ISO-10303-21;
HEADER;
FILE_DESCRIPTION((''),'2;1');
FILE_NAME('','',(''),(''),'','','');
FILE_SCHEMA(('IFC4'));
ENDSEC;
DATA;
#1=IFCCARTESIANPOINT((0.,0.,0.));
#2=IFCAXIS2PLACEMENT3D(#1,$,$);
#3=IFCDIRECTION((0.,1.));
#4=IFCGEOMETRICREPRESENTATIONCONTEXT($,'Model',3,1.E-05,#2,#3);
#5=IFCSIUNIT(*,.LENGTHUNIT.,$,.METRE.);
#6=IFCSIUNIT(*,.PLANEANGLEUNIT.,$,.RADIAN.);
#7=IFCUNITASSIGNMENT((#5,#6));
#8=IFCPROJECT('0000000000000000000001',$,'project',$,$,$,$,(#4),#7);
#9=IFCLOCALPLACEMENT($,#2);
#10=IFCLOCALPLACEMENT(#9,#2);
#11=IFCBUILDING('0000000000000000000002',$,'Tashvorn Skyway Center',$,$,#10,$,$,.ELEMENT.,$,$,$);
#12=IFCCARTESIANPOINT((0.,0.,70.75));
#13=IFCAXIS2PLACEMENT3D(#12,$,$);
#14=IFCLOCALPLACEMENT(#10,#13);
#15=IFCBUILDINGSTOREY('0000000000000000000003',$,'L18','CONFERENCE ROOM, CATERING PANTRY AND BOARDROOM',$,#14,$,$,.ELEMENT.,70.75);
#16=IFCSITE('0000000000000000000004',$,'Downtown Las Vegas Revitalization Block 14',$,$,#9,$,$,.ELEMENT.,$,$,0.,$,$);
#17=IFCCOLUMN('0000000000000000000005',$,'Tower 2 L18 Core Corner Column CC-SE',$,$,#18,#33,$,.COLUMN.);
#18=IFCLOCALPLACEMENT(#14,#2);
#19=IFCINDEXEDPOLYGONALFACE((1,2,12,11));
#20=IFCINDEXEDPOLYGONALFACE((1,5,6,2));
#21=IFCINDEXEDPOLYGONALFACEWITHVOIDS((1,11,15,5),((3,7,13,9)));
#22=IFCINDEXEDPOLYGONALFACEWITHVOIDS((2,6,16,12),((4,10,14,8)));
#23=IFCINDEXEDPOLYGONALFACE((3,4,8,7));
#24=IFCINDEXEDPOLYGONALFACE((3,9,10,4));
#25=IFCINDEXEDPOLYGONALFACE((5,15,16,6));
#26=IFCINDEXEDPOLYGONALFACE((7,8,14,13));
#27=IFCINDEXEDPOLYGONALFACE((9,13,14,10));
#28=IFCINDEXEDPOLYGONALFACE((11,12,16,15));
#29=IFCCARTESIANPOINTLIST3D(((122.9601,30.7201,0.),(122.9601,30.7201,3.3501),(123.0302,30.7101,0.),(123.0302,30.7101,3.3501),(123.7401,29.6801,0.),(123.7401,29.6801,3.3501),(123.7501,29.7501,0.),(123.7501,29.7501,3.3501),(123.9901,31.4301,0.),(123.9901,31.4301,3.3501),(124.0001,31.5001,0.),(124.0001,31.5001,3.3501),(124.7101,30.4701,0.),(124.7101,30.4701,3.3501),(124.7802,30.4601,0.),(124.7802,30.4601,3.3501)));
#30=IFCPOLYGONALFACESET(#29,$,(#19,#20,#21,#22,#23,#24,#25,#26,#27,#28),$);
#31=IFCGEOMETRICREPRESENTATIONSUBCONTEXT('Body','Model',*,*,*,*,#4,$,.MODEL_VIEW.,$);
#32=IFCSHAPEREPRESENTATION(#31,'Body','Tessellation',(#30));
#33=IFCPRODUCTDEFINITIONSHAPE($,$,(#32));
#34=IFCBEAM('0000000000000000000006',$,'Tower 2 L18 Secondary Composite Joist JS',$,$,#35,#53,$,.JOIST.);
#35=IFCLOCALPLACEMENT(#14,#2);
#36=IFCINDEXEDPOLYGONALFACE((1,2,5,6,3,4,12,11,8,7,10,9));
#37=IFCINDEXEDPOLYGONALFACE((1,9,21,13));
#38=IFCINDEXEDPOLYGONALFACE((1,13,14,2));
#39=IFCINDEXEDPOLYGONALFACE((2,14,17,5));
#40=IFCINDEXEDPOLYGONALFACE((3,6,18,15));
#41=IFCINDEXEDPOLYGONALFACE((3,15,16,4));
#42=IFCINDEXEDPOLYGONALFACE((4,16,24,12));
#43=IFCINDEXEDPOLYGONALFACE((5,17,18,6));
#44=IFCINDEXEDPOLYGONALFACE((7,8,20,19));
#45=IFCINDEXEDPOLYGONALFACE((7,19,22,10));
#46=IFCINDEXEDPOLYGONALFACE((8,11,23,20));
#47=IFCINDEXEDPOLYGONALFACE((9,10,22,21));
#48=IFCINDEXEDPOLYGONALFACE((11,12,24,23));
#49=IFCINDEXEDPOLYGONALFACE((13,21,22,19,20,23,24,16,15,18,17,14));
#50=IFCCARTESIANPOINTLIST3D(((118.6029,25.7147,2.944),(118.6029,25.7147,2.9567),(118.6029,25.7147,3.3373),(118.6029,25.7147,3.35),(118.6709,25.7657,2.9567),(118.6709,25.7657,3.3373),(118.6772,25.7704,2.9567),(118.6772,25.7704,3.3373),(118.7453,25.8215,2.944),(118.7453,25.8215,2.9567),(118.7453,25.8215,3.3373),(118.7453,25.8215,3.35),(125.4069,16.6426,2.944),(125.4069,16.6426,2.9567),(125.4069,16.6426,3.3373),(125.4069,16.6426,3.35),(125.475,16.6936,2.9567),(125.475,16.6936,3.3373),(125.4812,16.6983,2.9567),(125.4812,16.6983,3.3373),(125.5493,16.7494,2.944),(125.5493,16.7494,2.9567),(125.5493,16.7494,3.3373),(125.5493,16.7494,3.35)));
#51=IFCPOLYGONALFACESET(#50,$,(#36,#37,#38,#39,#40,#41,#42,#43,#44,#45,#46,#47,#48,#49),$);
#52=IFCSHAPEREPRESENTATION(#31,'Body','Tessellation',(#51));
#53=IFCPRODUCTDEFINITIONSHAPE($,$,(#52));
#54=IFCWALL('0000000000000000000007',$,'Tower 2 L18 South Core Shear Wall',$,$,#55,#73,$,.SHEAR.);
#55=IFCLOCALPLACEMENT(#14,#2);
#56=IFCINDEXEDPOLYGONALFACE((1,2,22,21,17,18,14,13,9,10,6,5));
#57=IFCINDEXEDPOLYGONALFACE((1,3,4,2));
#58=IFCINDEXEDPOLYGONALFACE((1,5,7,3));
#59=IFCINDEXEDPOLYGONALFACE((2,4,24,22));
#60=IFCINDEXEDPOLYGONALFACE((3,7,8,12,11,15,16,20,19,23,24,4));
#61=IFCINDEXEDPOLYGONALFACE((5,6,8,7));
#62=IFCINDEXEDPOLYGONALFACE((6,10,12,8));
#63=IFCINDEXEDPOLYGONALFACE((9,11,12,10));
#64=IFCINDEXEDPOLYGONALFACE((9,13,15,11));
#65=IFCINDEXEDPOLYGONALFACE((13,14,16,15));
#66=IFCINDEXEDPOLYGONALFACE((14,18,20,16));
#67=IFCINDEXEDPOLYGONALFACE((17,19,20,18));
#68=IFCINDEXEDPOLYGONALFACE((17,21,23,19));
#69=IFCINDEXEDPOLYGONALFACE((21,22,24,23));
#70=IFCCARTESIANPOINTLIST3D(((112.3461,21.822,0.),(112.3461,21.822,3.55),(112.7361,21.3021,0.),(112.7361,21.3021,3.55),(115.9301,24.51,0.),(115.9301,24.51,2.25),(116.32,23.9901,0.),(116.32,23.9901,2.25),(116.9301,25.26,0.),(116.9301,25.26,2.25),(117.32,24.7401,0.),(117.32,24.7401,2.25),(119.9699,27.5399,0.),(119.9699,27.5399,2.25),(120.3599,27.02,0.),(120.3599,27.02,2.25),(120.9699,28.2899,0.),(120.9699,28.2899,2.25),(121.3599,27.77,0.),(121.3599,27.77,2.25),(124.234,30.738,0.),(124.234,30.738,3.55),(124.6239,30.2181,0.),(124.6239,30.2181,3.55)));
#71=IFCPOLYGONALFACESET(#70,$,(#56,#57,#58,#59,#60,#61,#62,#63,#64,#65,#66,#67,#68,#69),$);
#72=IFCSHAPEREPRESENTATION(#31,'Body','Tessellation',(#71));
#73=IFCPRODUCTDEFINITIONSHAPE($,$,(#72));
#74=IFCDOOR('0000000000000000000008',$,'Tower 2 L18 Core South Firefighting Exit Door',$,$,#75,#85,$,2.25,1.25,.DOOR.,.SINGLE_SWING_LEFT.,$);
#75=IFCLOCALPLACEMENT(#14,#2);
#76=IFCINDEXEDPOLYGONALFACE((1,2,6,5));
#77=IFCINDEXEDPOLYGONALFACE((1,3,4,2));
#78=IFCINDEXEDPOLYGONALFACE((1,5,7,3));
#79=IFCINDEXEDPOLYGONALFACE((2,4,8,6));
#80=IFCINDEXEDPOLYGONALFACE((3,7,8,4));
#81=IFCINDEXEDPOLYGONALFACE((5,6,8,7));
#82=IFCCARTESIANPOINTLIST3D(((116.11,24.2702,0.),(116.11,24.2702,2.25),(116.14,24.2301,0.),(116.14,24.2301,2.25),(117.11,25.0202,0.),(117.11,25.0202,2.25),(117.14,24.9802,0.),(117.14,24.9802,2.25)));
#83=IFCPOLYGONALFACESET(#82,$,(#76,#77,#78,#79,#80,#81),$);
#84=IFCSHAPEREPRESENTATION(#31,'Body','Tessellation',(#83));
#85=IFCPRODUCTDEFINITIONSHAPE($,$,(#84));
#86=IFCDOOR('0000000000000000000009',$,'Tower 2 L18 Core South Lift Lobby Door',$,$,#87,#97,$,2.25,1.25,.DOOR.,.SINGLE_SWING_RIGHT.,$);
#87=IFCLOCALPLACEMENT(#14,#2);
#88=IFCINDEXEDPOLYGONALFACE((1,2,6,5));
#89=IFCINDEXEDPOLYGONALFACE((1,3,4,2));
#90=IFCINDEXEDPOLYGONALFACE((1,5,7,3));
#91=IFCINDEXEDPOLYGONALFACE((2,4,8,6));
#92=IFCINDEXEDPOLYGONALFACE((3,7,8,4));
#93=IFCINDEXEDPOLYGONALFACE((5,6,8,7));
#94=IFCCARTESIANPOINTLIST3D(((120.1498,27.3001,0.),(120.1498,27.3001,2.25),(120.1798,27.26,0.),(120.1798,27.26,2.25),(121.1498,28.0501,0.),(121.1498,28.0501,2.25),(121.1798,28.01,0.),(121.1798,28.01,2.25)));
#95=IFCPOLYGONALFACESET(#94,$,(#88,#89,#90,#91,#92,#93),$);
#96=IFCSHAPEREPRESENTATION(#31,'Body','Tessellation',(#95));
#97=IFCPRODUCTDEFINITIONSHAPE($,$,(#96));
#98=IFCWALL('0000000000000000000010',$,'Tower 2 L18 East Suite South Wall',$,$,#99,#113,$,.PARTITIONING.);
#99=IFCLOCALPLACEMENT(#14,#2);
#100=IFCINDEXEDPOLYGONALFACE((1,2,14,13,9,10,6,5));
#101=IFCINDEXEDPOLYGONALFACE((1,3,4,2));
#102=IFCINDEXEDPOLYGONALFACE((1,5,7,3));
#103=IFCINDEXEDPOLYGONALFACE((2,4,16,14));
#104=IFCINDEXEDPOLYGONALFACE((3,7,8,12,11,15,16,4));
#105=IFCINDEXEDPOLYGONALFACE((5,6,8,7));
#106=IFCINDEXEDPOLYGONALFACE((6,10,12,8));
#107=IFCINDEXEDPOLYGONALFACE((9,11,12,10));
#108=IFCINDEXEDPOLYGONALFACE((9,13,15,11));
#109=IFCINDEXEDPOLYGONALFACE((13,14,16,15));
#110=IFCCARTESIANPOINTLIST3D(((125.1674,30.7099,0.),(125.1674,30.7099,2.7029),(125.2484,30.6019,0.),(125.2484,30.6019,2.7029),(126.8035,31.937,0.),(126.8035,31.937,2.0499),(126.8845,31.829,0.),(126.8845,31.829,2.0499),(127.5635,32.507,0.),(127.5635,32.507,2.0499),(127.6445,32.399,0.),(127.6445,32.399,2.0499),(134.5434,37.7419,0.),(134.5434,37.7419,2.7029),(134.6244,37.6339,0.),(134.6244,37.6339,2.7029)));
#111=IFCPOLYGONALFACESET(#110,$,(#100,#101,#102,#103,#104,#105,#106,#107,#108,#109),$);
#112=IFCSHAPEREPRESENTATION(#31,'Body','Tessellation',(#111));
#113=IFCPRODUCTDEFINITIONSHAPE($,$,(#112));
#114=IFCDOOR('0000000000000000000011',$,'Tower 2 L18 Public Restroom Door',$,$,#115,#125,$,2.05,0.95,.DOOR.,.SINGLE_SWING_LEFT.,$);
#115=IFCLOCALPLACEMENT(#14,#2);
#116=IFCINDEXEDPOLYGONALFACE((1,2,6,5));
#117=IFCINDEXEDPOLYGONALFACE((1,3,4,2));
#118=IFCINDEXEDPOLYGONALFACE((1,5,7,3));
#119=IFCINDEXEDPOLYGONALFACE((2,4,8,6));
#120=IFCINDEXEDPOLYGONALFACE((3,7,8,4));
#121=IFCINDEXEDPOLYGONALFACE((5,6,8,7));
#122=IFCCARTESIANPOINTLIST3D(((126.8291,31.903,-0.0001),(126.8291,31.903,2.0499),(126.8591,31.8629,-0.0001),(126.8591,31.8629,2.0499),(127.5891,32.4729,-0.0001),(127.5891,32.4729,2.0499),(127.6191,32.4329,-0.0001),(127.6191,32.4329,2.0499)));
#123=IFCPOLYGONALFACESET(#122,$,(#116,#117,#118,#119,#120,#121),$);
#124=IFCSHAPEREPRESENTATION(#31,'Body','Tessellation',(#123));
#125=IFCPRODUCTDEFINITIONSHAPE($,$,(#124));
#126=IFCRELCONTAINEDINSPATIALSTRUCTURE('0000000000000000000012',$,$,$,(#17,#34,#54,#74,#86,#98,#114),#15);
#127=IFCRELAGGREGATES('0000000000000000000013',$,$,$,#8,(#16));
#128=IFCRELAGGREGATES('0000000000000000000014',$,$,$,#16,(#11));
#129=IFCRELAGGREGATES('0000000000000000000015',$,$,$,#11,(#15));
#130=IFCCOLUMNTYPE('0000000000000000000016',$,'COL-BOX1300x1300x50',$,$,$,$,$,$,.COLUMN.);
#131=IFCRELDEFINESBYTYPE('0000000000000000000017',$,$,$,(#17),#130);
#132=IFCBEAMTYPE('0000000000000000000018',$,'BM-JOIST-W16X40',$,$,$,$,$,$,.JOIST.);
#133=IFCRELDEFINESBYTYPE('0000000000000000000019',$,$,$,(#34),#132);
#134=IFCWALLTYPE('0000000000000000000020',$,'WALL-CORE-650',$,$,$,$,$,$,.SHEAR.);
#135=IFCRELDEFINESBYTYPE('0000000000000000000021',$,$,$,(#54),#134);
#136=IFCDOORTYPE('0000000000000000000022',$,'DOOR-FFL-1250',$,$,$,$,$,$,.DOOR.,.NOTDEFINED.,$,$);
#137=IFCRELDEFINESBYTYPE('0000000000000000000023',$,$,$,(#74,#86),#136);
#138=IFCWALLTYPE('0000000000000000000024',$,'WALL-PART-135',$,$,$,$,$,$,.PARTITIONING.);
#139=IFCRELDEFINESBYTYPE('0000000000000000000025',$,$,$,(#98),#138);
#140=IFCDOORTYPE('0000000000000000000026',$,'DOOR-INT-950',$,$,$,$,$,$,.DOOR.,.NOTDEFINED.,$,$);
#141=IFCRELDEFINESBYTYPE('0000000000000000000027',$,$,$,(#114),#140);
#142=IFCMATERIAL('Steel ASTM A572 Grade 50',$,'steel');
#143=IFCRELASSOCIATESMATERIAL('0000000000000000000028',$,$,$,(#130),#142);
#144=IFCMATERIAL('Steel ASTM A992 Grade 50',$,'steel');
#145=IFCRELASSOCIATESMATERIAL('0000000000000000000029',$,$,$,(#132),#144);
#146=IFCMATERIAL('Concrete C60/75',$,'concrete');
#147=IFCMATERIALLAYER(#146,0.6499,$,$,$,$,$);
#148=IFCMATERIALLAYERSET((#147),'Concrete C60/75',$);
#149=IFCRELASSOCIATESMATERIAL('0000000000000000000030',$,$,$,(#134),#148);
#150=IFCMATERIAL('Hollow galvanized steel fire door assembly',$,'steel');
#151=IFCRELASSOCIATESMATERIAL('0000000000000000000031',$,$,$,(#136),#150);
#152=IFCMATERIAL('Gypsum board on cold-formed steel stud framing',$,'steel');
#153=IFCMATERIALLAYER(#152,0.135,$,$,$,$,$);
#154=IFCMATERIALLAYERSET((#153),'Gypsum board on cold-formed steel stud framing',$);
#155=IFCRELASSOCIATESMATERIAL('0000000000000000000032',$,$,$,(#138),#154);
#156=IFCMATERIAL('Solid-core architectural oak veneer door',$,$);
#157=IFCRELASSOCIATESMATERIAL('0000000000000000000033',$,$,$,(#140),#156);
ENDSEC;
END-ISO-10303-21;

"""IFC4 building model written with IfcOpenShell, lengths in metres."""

from ifc_helpers import new_model, si_unit, direction, frame, frame_2d, origin, origin_2d, place, context, subcontext, project, spatial, rectangle, hollow_rectangle, i_section, extrude, material, layer, layer_set, material_profile, profile_set, type_object, element, fill, save


model = new_model("IFC4")

# Units and contexts
model_context = context("Model", 3, precision=1e-05, world=origin(), true_north=direction((0.0, 1.0)))
body_context = subcontext(model_context, "Body", "Model", "MODEL_VIEW")
ifc_project = project(units=[si_unit("LENGTHUNIT", "METRE"), si_unit("PLANEANGLEUNIT", "RADIAN")], contexts=[model_context])

# Site, building, storey
site_placement = place(None, origin())
site = spatial("IfcSite", under=ifc_project, at=site_placement, Name="Downtown Las Vegas Revitalization Block 14", CompositionType="ELEMENT", RefElevation=0.0)
building_placement = place(site_placement, origin())
building = spatial("IfcBuilding", under=site, at=building_placement, Name="Tashvorn Skyway Center", CompositionType="ELEMENT")
storey_placement = place(building_placement, frame((0.0, 0.0, 70.75)))
storey = spatial("IfcBuildingStorey", under=building, at=storey_placement, Name="L18", Description="CONFERENCE ROOM, CATERING PANTRY AND BOARDROOM", CompositionType="ELEMENT", Elevation=70.75)

# Column
ifc_material_1 = material(Name="Steel ASTM A572 Grade 50", Category="steel")
ifc_material_profile_1 = material_profile(ifc_material_1, hollow_rectangle(XDim=1.3, YDim=1.3, WallThickness=0.05, at=origin_2d()), Name="BOX1300x1300x50")
ifc_profile_set_1 = profile_set([ifc_material_profile_1], Name="Steel ASTM A572 Grade 50")
column_type = type_object("IfcColumnType", Name="COL-BOX1300x1300x50", PredefinedType="COLUMN", material=ifc_profile_set_1)
column_placement = place(storey_placement, frame((123.8701, 30.5901, 0.0), z_axis=(0.0, 0.0, 1.0), x_axis=(0.8, 0.6, 0.0)))
element("IfcColumn", 1, at=column_placement, inside=storey, type_object=column_type, Name="Tower 2 L18 Core Corner Column CC-SE", PredefinedType="COLUMN", context=body_context, shape_type="SweptSolid", body=[
    extrude(hollow_rectangle(XDim=1.3, YDim=1.3, WallThickness=0.05, at=origin_2d()), origin(), (0.0, 0.0, 1.0), 3.3501),
])

# Beam
ifc_material_2 = material(Name="Steel ASTM A992 Grade 50", Category="steel")
ifc_material_profile_2 = material_profile(ifc_material_2, i_section(OverallWidth=0.178, OverallDepth=0.406, WebThickness=0.0078, FlangeThickness=0.0127, at=origin_2d()), Name="W16X40")
ifc_profile_set_2 = profile_set([ifc_material_profile_2], Name="Steel ASTM A992 Grade 50")
beam_type = type_object("IfcBeamType", Name="BM-JOIST-W16X40", PredefinedType="JOIST", material=ifc_profile_set_2)
beam_placement = place(storey_placement, frame((118.6741, 25.7681, 3.147), z_axis=(0.599997, -0.800003, 0.0), x_axis=(0.800003, 0.599997, 0.0)))
element("IfcBeam", 2, at=beam_placement, inside=storey, type_object=beam_type, Name="Tower 2 L18 Secondary Composite Joist JS", PredefinedType="JOIST", context=body_context, shape_type="SweptSolid", body=[
    extrude(i_section(OverallWidth=0.178, OverallDepth=0.406, WebThickness=0.0078, FlangeThickness=0.0127, at=origin_2d()), origin(), (0.0, 0.0, 1.0), 11.3401),
])

# Wall, openings, doors
ifc_material_3 = material(Name="Concrete C60/75", Category="concrete")
ifc_layer_1 = layer(ifc_material_3, 0.6499)
ifc_layer_set_1 = layer_set([ifc_layer_1], Name="Concrete C60/75")
wall_type_1 = type_object("IfcWallType", Name="WALL-CORE-650", PredefinedType="SHEAR", material=ifc_layer_set_1)
wall_1_placement = place(storey_placement, frame((124.429, 30.478, 0.0), z_axis=(0.0, 0.0, 1.0), x_axis=(-0.799998, -0.600003, 0.0)))
wall_1 = element("IfcWall", 3, at=wall_1_placement, inside=storey, type_object=wall_type_1, Name="Tower 2 L18 South Core Shear Wall", PredefinedType="SHEAR", context=body_context, shape_type="SweptSolid", body=[
    extrude(rectangle(XDim=14.8599, YDim=0.6499, at=frame_2d((7.4299, 0.0))), origin(), (0.0, 0.0, 1.0), 3.55),
])
opening_1_placement = place(wall_1_placement, frame((9.1299, 0.0, 0.0)))
opening_1 = element("IfcOpeningElement", 4, at=opening_1_placement, cuts=wall_1, PredefinedType="OPENING", context=body_context, shape_type="SweptSolid", body=[
    extrude(rectangle(XDim=1.25, YDim=2.25, at=frame_2d((0.625, 1.125))), frame((0.0, 0.335, 0.0), z_axis=(0.0, -1.0, 0.0), x_axis=(1.0, 0.0, 0.0)), (0.0, 0.0, 1.0), 0.6699),
])
opening_2_placement = place(wall_1_placement, frame((4.0801, 0.0, 0.0)))
opening_2 = element("IfcOpeningElement", 5, at=opening_2_placement, cuts=wall_1, PredefinedType="OPENING", context=body_context, shape_type="SweptSolid", body=[
    extrude(rectangle(XDim=1.25, YDim=2.25, at=frame_2d((0.625, 1.125))), frame((0.0, 0.335, 0.0), z_axis=(0.0, -1.0, 0.0), x_axis=(1.0, 0.0, 0.0)), (0.0, 0.0, 1.0), 0.6699),
])
ifc_material_4 = material(Name="Hollow galvanized steel fire door assembly", Category="steel")
door_type_1 = type_object("IfcDoorType", Name="DOOR-FFL-1250", OperationType="NOTDEFINED", PredefinedType="DOOR", material=ifc_material_4)
door_1_placement = place(opening_1_placement, origin())
door_1 = element("IfcDoor", 6, at=door_1_placement, inside=storey, type_object=door_type_1, Name="Tower 2 L18 Core South Firefighting Exit Door", OperationType="SINGLE_SWING_LEFT", OverallHeight=2.25, OverallWidth=1.25, PredefinedType="DOOR", context=body_context, shape_type="SweptSolid", body=[
    extrude(rectangle(XDim=1.25, YDim=2.25, at=frame_2d((0.625, 1.125))), frame((0.0, 0.0249, 0.0), z_axis=(0.0, -1.0, 0.0), x_axis=(1.0, 0.0, 0.0)), (0.0, 0.0, 1.0), 0.05),
])
fill(opening_1, door_1)
door_2_placement = place(opening_2_placement, origin())
door_2 = element("IfcDoor", 7, at=door_2_placement, inside=storey, type_object=door_type_1, Name="Tower 2 L18 Core South Lift Lobby Door", OperationType="SINGLE_SWING_RIGHT", OverallHeight=2.25, OverallWidth=1.25, PredefinedType="DOOR", context=body_context, shape_type="SweptSolid", body=[
    extrude(rectangle(XDim=1.25, YDim=2.25, at=frame_2d((0.625, 1.125))), frame((0.0, 0.0249, 0.0), z_axis=(0.0, -1.0, 0.0), x_axis=(1.0, 0.0, 0.0)), (0.0, 0.0, 1.0), 0.05),
])
fill(opening_2, door_2)

# Wall, opening, door
ifc_material_5 = material(Name="Gypsum board on cold-formed steel stud framing", Category="steel")
ifc_layer_2 = layer(ifc_material_5, 0.135)
ifc_layer_set_2 = layer_set([ifc_layer_2], Name="Gypsum board on cold-formed steel stud framing")
wall_type_2 = type_object("IfcWallType", Name="WALL-PART-135", PredefinedType="PARTITIONING", material=ifc_layer_set_2)
wall_2_placement = place(storey_placement, frame((125.208, 30.656, 0.0), z_axis=(0.0, 0.0, 1.0), x_axis=(0.8, 0.6, 0.0)))
wall_2 = element("IfcWall", 8, at=wall_2_placement, inside=storey, type_object=wall_type_2, Name="Tower 2 L18 East Suite South Wall", PredefinedType="PARTITIONING", context=body_context, shape_type="SweptSolid", body=[
    extrude(rectangle(XDim=11.72, YDim=0.135, at=frame_2d((5.8599, 0.0))), origin(), (0.0, 0.0, 1.0), 2.7029),
])
opening_3_placement = place(wall_2_placement, frame((2.0449, 0.0, 0.0)))
opening_3 = element("IfcOpeningElement", 9, at=opening_3_placement, cuts=wall_2, PredefinedType="OPENING", context=body_context, shape_type="SweptSolid", body=[
    extrude(rectangle(XDim=0.95, YDim=2.05, at=frame_2d((0.4751, 1.0249))), frame((0.0, 0.0774, 0.0), z_axis=(0.0, -1.0, 0.0), x_axis=(1.0, 0.0, 0.0)), (0.0, 0.0, 1.0), 0.155),
])
ifc_material_6 = material(Name="Solid-core architectural oak veneer door")
door_type_2 = type_object("IfcDoorType", Name="DOOR-INT-950", OperationType="NOTDEFINED", PredefinedType="DOOR", material=ifc_material_6)
door_3_placement = place(opening_3_placement, origin())
door_3 = element("IfcDoor", 10, at=door_3_placement, inside=storey, type_object=door_type_2, Name="Tower 2 L18 Public Restroom Door", OperationType="SINGLE_SWING_LEFT", OverallHeight=2.05, OverallWidth=0.95, PredefinedType="DOOR", context=body_context, shape_type="SweptSolid", body=[
    extrude(rectangle(XDim=0.95, YDim=2.05, at=frame_2d((0.4751, 1.0249))), frame((0.0, 0.0249, 0.0), z_axis=(0.0, -1.0, 0.0), x_axis=(1.0, 0.0, 0.0)), (0.0, 0.0, 1.0), 0.05),
])
fill(opening_3, door_3)

save(model, "model.ifc")
